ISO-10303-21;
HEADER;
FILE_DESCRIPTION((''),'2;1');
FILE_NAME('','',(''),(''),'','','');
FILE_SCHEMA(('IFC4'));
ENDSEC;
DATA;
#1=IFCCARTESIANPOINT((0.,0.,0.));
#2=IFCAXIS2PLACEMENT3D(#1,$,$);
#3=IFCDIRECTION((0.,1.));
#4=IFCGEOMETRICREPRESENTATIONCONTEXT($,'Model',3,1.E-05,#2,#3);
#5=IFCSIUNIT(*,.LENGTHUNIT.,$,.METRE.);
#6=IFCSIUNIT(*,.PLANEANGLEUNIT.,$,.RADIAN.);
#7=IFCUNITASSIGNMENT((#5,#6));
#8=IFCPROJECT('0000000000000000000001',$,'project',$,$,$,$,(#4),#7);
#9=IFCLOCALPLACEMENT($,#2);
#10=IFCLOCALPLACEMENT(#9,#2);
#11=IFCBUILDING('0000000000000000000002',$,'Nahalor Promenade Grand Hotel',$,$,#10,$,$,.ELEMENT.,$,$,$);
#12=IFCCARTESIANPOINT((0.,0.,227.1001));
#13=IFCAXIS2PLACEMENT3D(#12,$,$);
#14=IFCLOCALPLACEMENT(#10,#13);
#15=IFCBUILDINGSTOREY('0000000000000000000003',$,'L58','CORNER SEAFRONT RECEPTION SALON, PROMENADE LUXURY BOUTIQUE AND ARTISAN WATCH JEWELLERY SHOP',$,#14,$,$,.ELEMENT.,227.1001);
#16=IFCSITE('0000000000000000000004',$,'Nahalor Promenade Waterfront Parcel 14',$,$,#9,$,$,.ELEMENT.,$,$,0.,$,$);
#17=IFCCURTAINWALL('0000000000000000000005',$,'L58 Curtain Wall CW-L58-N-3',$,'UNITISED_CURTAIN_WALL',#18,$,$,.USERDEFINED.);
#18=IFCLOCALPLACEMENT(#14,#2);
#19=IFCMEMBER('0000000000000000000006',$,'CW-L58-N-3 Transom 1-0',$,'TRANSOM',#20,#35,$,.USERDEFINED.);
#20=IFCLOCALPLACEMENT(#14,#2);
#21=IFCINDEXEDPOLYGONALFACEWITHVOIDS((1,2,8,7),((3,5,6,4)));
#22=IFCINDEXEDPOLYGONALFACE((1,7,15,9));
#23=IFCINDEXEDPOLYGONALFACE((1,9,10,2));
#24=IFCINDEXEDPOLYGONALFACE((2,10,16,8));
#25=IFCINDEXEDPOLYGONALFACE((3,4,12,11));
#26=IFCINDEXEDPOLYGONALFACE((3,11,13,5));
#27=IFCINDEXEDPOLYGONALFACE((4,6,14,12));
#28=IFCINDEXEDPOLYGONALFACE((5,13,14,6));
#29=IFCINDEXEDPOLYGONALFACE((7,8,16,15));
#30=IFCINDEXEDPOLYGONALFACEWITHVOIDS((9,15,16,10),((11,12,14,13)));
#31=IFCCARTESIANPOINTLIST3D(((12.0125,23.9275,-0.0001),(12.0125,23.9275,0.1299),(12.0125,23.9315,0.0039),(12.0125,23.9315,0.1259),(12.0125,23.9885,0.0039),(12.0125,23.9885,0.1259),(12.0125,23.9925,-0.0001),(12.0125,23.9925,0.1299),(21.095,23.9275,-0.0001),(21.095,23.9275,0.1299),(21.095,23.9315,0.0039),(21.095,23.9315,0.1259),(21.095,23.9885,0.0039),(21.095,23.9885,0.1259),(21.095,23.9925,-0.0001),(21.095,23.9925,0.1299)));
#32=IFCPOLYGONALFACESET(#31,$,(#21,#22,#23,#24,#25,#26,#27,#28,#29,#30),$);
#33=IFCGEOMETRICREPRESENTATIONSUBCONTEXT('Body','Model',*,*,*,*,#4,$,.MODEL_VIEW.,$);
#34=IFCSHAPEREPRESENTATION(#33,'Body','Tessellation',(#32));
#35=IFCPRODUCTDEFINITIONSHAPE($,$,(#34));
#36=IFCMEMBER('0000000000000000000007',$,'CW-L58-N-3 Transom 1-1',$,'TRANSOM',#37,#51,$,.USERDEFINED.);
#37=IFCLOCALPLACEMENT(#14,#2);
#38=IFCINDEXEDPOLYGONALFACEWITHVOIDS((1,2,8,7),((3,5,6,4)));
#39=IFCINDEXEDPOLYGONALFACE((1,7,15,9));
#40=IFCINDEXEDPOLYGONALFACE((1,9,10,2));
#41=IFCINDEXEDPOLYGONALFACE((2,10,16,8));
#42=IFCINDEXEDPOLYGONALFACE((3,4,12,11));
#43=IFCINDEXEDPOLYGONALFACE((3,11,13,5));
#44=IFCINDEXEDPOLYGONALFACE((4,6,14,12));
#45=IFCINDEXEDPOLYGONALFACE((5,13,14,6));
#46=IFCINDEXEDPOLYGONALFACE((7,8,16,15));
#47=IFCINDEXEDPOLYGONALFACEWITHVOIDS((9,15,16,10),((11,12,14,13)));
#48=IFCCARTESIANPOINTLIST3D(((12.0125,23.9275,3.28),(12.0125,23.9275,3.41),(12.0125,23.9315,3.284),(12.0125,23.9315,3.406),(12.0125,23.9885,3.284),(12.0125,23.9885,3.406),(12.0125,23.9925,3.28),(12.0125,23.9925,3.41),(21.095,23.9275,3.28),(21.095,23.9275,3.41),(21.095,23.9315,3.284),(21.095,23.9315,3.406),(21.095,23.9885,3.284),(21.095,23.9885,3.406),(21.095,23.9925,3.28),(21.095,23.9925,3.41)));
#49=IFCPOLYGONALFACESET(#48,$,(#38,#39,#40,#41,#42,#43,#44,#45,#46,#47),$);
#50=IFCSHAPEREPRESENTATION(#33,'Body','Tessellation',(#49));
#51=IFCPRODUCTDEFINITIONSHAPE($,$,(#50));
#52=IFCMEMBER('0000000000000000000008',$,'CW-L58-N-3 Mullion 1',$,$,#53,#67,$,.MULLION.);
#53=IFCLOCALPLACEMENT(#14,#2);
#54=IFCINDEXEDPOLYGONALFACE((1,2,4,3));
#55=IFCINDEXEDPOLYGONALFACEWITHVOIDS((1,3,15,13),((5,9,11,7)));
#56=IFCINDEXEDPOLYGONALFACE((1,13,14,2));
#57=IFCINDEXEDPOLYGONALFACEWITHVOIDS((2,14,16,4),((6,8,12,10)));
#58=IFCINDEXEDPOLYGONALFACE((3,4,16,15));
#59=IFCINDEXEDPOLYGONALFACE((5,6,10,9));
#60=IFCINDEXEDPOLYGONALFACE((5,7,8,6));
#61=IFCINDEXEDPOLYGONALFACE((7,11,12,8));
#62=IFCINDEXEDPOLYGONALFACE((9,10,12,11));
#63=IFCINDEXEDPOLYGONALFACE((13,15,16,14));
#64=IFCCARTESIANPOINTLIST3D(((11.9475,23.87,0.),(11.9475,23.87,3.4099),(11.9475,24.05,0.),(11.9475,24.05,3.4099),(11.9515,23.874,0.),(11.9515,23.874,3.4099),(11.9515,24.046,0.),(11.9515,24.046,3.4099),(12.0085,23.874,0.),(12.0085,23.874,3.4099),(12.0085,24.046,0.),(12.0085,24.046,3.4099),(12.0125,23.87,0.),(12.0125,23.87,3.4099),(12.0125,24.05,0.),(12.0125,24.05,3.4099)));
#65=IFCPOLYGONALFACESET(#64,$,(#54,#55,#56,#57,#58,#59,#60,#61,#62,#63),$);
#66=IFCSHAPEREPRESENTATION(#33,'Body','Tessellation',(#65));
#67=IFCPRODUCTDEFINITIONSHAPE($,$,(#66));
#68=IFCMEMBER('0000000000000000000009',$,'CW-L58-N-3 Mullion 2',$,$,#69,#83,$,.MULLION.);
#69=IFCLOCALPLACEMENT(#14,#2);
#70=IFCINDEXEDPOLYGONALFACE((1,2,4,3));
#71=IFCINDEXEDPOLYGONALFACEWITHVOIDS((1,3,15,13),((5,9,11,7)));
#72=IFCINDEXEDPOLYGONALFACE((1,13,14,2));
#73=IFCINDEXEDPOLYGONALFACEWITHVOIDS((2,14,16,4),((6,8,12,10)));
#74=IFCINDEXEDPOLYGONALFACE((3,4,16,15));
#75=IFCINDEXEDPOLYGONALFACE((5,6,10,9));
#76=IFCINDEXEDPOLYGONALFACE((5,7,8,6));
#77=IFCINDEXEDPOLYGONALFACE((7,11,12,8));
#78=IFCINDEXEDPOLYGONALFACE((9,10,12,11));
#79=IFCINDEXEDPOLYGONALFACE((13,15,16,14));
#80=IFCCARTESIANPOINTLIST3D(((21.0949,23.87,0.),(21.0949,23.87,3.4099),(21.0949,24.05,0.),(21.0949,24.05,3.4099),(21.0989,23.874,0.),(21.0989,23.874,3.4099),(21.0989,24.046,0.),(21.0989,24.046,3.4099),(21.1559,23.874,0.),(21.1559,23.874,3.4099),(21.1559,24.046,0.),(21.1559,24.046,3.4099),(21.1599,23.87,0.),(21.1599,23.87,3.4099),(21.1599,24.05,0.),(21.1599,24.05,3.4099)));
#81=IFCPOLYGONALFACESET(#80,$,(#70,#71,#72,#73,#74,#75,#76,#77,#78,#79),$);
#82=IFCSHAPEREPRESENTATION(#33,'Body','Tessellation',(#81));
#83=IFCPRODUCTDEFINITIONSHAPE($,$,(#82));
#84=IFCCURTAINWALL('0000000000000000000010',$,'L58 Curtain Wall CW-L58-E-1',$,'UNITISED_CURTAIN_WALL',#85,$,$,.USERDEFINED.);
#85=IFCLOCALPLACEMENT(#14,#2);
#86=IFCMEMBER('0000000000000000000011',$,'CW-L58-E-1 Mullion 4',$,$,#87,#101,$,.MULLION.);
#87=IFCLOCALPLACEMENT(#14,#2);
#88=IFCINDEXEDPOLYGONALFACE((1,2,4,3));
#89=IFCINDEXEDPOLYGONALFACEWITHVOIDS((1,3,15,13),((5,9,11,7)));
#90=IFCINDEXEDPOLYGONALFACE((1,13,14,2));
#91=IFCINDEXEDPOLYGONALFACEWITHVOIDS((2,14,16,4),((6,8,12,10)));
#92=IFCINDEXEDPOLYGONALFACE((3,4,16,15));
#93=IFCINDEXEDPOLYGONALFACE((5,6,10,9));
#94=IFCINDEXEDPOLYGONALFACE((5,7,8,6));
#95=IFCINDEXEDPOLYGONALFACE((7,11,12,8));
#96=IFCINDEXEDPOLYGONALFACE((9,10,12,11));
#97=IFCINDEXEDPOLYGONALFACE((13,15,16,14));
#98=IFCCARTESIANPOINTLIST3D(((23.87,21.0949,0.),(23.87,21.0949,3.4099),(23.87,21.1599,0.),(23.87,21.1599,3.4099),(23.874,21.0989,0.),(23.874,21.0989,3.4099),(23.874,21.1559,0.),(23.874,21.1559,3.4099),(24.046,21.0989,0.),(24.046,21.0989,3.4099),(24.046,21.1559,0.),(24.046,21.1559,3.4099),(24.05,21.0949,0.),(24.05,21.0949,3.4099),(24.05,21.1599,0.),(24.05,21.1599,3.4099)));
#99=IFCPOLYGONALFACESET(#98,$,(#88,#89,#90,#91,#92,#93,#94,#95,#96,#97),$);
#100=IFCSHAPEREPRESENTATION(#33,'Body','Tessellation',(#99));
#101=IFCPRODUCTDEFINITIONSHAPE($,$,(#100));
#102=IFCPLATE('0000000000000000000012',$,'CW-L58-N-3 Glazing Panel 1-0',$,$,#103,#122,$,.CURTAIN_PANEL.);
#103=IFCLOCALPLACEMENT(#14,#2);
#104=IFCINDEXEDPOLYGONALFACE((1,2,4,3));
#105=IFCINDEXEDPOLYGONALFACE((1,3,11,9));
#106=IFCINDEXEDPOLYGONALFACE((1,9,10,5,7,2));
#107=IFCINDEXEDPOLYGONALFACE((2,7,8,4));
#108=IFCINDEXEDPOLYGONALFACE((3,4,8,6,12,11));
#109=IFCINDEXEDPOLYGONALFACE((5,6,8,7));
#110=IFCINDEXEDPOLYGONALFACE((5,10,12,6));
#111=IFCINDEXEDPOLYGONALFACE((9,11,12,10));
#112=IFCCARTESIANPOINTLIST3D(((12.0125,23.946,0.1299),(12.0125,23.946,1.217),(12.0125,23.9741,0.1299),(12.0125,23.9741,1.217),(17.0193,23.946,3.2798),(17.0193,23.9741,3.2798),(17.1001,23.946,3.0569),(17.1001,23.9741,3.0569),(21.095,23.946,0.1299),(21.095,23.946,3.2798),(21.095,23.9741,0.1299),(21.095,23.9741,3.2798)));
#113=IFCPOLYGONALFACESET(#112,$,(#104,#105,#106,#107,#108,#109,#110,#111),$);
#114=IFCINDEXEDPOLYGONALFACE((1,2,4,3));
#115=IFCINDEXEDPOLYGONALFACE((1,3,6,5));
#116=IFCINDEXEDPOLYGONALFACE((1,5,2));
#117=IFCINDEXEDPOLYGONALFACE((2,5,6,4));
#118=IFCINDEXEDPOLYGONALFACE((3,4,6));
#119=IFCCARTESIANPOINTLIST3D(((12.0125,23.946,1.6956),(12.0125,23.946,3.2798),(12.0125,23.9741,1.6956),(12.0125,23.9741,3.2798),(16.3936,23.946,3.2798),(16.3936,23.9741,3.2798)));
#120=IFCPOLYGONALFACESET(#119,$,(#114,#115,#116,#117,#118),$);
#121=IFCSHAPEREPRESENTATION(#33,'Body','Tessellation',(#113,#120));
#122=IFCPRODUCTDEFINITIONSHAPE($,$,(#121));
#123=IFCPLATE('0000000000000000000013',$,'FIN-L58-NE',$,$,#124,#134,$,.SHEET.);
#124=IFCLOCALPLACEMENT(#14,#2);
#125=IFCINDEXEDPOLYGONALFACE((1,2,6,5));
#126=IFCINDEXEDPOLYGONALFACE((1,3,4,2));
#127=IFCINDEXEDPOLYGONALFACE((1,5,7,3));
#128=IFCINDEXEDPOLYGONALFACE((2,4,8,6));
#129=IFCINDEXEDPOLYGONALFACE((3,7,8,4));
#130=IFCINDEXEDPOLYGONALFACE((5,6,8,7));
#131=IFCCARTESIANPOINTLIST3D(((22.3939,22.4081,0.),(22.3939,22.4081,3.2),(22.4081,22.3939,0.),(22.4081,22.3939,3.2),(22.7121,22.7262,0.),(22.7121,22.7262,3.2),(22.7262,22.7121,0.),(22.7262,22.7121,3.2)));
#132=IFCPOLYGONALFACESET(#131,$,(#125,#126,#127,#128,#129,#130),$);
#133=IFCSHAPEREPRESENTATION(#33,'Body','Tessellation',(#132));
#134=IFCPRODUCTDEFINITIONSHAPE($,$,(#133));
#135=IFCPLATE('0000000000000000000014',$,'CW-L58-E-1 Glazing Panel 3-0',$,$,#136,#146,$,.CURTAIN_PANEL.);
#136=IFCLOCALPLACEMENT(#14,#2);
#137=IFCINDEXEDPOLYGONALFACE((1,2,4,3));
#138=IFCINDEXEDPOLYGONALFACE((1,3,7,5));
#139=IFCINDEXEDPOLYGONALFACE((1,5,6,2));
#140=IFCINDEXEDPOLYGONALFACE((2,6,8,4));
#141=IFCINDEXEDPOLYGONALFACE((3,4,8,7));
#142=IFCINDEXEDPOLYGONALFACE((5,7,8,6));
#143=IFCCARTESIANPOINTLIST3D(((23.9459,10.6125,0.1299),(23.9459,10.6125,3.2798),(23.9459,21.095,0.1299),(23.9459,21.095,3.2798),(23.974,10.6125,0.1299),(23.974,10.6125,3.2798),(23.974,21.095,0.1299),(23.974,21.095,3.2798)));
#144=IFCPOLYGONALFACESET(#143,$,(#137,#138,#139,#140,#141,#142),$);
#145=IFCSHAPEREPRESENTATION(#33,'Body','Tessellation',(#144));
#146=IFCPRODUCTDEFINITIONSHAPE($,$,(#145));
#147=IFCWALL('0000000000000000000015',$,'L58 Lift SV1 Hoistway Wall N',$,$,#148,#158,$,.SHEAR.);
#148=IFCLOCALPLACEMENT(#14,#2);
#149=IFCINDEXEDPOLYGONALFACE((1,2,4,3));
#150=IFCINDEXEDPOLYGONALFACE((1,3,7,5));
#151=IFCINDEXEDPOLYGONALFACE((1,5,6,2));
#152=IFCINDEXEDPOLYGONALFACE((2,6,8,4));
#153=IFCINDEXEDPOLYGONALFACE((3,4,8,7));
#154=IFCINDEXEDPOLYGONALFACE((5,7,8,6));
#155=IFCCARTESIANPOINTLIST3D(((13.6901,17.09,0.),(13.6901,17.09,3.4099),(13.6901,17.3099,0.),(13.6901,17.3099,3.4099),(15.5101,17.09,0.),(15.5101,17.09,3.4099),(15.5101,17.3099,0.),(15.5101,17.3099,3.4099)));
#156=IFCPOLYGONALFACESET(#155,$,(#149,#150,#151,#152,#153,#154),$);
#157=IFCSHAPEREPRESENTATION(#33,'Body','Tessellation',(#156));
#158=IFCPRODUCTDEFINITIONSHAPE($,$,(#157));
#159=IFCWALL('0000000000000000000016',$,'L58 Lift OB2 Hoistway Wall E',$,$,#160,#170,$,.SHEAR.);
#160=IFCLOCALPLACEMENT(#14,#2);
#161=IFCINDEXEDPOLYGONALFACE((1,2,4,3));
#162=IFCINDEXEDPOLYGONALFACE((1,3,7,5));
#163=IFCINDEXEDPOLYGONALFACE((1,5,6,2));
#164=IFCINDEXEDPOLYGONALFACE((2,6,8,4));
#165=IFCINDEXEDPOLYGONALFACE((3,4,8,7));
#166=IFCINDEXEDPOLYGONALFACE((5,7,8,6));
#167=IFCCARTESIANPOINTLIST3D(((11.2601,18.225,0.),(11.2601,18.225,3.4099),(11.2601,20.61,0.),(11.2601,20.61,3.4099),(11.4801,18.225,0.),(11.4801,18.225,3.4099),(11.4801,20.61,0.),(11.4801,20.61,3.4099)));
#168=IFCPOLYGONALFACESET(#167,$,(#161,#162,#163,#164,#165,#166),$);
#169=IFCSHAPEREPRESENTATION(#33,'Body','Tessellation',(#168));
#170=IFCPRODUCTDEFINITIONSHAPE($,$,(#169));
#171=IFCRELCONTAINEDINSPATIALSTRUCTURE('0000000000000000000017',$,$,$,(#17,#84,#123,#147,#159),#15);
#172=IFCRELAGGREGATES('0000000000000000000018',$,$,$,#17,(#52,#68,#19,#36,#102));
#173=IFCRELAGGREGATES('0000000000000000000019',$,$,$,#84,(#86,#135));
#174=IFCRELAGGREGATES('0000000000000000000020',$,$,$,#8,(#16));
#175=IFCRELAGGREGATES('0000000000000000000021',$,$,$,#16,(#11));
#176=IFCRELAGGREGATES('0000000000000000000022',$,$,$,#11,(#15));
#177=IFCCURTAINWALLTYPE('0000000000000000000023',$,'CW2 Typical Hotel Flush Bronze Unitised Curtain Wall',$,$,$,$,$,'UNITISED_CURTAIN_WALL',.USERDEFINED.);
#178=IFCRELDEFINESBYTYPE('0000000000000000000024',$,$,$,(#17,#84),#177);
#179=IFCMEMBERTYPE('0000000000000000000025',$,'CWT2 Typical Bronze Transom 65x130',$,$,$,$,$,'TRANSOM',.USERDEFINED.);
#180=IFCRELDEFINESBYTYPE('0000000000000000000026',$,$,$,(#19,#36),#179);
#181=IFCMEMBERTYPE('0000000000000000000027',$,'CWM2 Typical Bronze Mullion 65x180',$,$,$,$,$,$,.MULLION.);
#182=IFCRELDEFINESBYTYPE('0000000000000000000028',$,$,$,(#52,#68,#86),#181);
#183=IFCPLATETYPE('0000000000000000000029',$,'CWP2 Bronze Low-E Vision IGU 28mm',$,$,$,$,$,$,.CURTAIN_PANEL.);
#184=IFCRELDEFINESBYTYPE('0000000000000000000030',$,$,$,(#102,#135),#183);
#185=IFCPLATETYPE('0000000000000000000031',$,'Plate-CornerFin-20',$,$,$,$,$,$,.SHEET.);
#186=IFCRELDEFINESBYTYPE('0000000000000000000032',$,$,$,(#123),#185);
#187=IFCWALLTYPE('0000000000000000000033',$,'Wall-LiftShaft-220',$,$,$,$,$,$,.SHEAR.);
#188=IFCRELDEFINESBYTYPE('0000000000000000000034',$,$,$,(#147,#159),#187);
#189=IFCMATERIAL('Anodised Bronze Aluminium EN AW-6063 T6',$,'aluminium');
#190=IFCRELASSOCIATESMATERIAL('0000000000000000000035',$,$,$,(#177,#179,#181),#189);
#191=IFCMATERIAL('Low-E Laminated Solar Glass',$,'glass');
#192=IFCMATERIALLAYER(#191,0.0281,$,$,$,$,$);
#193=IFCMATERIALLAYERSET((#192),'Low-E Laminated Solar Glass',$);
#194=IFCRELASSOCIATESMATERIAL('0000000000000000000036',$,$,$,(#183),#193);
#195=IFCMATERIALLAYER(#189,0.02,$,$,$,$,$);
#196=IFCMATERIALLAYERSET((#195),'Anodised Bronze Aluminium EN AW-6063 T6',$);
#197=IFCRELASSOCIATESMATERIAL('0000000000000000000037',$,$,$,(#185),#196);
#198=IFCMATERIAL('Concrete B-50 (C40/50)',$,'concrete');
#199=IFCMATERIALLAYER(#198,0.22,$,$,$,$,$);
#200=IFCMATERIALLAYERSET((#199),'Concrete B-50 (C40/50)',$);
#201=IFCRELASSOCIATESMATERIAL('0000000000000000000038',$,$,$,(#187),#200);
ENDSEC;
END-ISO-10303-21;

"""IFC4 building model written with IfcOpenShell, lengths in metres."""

from ifc_helpers import new_model, si_unit, direction, frame, frame_2d, origin, origin_2d, place, context, subcontext, project, spatial, polyline, rectangle, hollow_rectangle, outline, extrude, source, transform, mapped, material, layer, layer_set, material_profile, profile_set, type_object, element, aggregate, save


model = new_model("IFC4")

# Units and contexts
model_context = context("Model", 3, precision=1e-05, world=origin(), true_north=direction((0.0, 1.0)))
body_context = subcontext(model_context, "Body", "Model", "MODEL_VIEW")
ifc_project = project(units=[si_unit("LENGTHUNIT", "METRE"), si_unit("PLANEANGLEUNIT", "RADIAN")], contexts=[model_context])

# Site, building, storey
site_placement = place(None, origin())
site = spatial("IfcSite", under=ifc_project, at=site_placement, Name="Nahalor Promenade Waterfront Parcel 14", CompositionType="ELEMENT", RefElevation=0.0)
building_placement = place(site_placement, origin())
building = spatial("IfcBuilding", under=site, at=building_placement, Name="Nahalor Promenade Grand Hotel", CompositionType="ELEMENT")
storey_placement = place(building_placement, frame((0.0, 0.0, 227.1001)))
storey = spatial("IfcBuildingStorey", under=building, at=storey_placement, Name="L58", Description="CORNER SEAFRONT RECEPTION SALON, PROMENADE LUXURY BOUTIQUE AND ARTISAN WATCH JEWELLERY SHOP", CompositionType="ELEMENT", Elevation=227.1001)

# Curtain wall, members
ifc_material_1 = material(Name="Anodised Bronze Aluminium EN AW-6063 T6", Category="aluminium")
curtain_wall_type = type_object("IfcCurtainWallType", Name="CW2 Typical Hotel Flush Bronze Unitised Curtain Wall", ElementType="UNITISED_CURTAIN_WALL", PredefinedType="USERDEFINED", material=ifc_material_1)
curtain_wall_1_placement = place(storey_placement, origin())
curtain_wall_1 = element("IfcCurtainWall", 1, at=curtain_wall_1_placement, inside=storey, type_object=curtain_wall_type, Name="L58 Curtain Wall CW-L58-N-3", ObjectType="UNITISED_CURTAIN_WALL", PredefinedType="USERDEFINED")
ifc_material_profile_1 = material_profile(ifc_material_1, hollow_rectangle(XDim=0.065, YDim=0.13, WallThickness=0.004, at=origin_2d()), Name="CWT 65x130x4")
ifc_profile_set_1 = profile_set([ifc_material_profile_1], Name="Anodised Bronze Aluminium EN AW-6063 T6")
member_type_1 = type_object("IfcMemberType", Name="CWT2 Typical Bronze Transom 65x130", ElementType="TRANSOM", PredefinedType="USERDEFINED", material=ifc_profile_set_1)
shared_shape_1 = source(origin(), body_context, "Body", "SweptSolid", [
    extrude(hollow_rectangle(XDim=0.065, YDim=0.13, WallThickness=0.004, at=origin_2d()), origin(), (0.0, 0.0, 1.0), 9.0825),
])
member_1_placement = place(storey_placement, frame((12.0125, 23.96, 0.0649), z_axis=(1.0, 0.0, 0.0), x_axis=(0.0, 1.0, 0.0)))
member_1 = element("IfcMember", 2, at=member_1_placement, type_object=member_type_1, Name="CW-L58-N-3 Transom 1-0", ObjectType="TRANSOM", PredefinedType="USERDEFINED", context=body_context, shape_type="MappedRepresentation", body=[
    mapped(shared_shape_1, transform((0.0, 0.0, 0.0), scale=1.0)),
])
member_2_placement = place(storey_placement, frame((12.0125, 23.96, 3.345), z_axis=(1.0, 0.0, 0.0), x_axis=(0.0, 1.0, 0.0)))
member_2 = element("IfcMember", 3, at=member_2_placement, type_object=member_type_1, Name="CW-L58-N-3 Transom 1-1", ObjectType="TRANSOM", PredefinedType="USERDEFINED", context=body_context, shape_type="MappedRepresentation", body=[
    mapped(shared_shape_1, transform((0.0, 0.0, 0.0), scale=1.0)),
])
ifc_material_profile_2 = material_profile(ifc_material_1, hollow_rectangle(XDim=0.065, YDim=0.18, WallThickness=0.004, at=origin_2d()), Name="CWM 65x180x4")
ifc_profile_set_2 = profile_set([ifc_material_profile_2], Name="Anodised Bronze Aluminium EN AW-6063 T6")
member_type_2 = type_object("IfcMemberType", Name="CWM2 Typical Bronze Mullion 65x180", PredefinedType="MULLION", material=ifc_profile_set_2)
shared_shape_2 = source(origin(), body_context, "Body", "SweptSolid", [
    extrude(hollow_rectangle(XDim=0.065, YDim=0.18, WallThickness=0.004, at=origin_2d()), origin(), (0.0, 0.0, 1.0), 3.4099),
])
member_3_placement = place(storey_placement, frame((11.98, 23.96, 0.0), z_axis=(0.0, 0.0, 1.0), x_axis=(1.0, 0.0, 0.0)))
member_3 = element("IfcMember", 4, at=member_3_placement, type_object=member_type_2, Name="CW-L58-N-3 Mullion 1", PredefinedType="MULLION", context=body_context, shape_type="MappedRepresentation", body=[
    mapped(shared_shape_2, transform((0.0, 0.0, 0.0), scale=1.0)),
])
member_4_placement = place(storey_placement, frame((21.1274, 23.96, 0.0), z_axis=(0.0, 0.0, 1.0), x_axis=(1.0, 0.0, 0.0)))
member_4 = element("IfcMember", 5, at=member_4_placement, type_object=member_type_2, Name="CW-L58-N-3 Mullion 2", PredefinedType="MULLION", context=body_context, shape_type="MappedRepresentation", body=[
    mapped(shared_shape_2, transform((0.0, 0.0, 0.0), scale=1.0)),
])

# Curtain wall, member
curtain_wall_2_placement = place(storey_placement, origin())
curtain_wall_2 = element("IfcCurtainWall", 6, at=curtain_wall_2_placement, inside=storey, type_object=curtain_wall_type, Name="L58 Curtain Wall CW-L58-E-1", ObjectType="UNITISED_CURTAIN_WALL", PredefinedType="USERDEFINED")
member_5_placement = place(storey_placement, frame((23.96, 21.1274, 0.0), z_axis=(0.0, 0.0, 1.0), x_axis=(0.0, 1.0, 0.0)))
member_5 = element("IfcMember", 7, at=member_5_placement, type_object=member_type_2, Name="CW-L58-E-1 Mullion 4", PredefinedType="MULLION", context=body_context, shape_type="MappedRepresentation", body=[
    mapped(shared_shape_2, transform((0.0, 0.0, 0.0), scale=1.0)),
])

# Plates
ifc_material_2 = material(Name="Low-E Laminated Solar Glass", Category="glass")
ifc_layer_1 = layer(ifc_material_2, 0.0281)
ifc_layer_set_1 = layer_set([ifc_layer_1], Name="Low-E Laminated Solar Glass")
plate_type_1 = type_object("IfcPlateType", Name="CWP2 Bronze Low-E Vision IGU 28mm", PredefinedType="CURTAIN_PANEL", material=ifc_layer_set_1)
plate_1_placement = place(storey_placement, frame((16.5537, 23.96, 0.1299), z_axis=(0.0, 0.0, 1.0), x_axis=(1.0, 0.0, 0.0)))
plate_1 = element("IfcPlate", 8, at=plate_1_placement, type_object=plate_type_1, Name="CW-L58-N-3 Glazing Panel 1-0", PredefinedType="CURTAIN_PANEL", context=body_context, shape_type="SweptSolid", body=[
    extrude(outline(polyline([(4.5413, 0.0), (4.5413, 3.1499), (0.4656, 3.1499), (0.5464, 2.927), (-4.5413, 1.0872), (-4.5413, 0.0), (4.5413, 0.0)])), frame((0.0, 0.0142, 0.0), z_axis=(0.0, -1.0, 0.0), x_axis=(1.0, 0.0, 0.0)), (0.0, 0.0, 1.0), 0.0281),
    extrude(outline(polyline([(-0.1602, 3.1499), (-4.5413, 3.1499), (-4.5413, 1.5657), (-0.1602, 3.1499)])), frame((0.0, 0.0142, 0.0), z_axis=(0.0, -1.0, 0.0), x_axis=(1.0, 0.0, 0.0)), (0.0, 0.0, 1.0), 0.0281),
])
aggregate(curtain_wall_1, [member_3, member_4, member_1, member_2, plate_1])
ifc_layer_2 = layer(ifc_material_1, 0.02)
ifc_layer_set_2 = layer_set([ifc_layer_2], Name="Anodised Bronze Aluminium EN AW-6063 T6")
plate_type_2 = type_object("IfcPlateType", Name="Plate-CornerFin-20", PredefinedType="SHEET", material=ifc_layer_set_2)
shared_shape_3 = source(origin(), body_context, "Body", "SweptSolid", [
    extrude(rectangle(XDim=0.45, YDim=0.02, at=origin_2d()), origin(), (0.0, 0.0, 1.0), 3.2),
])
plate_2_placement = place(storey_placement, frame((22.5601, 22.5601, 0.0), z_axis=(0.0, 0.0, 1.0), x_axis=(0.707107, 0.707107, 0.0)))
element("IfcPlate", 9, at=plate_2_placement, inside=storey, type_object=plate_type_2, Name="FIN-L58-NE", PredefinedType="SHEET", context=body_context, shape_type="MappedRepresentation", body=[
    mapped(shared_shape_3, transform((0.0, 0.0, 0.0), scale=1.0)),
])
shared_shape_4 = source(origin(), body_context, "Body", "SweptSolid", [
    extrude(rectangle(XDim=10.4824, YDim=0.0281, at=origin_2d()), origin(), (0.0, 0.0, 1.0), 3.1499),
])
plate_3_placement = place(storey_placement, frame((23.96, 15.8538, 0.1299), z_axis=(0.0, 0.0, 1.0), x_axis=(0.0, 1.0, 0.0)))
plate_3 = element("IfcPlate", 10, at=plate_3_placement, type_object=plate_type_1, Name="CW-L58-E-1 Glazing Panel 3-0", PredefinedType="CURTAIN_PANEL", context=body_context, shape_type="MappedRepresentation", body=[
    mapped(shared_shape_4, transform((0.0, 0.0, 0.0), scale=1.0)),
])
aggregate(curtain_wall_2, [member_5, plate_3])

# Walls
ifc_material_3 = material(Name="Concrete B-50 (C40/50)", Category="concrete")
ifc_layer_3 = layer(ifc_material_3, 0.22)
ifc_layer_set_3 = layer_set([ifc_layer_3], Name="Concrete B-50 (C40/50)")
wall_type_1 = type_object("IfcWallType", Name="Wall-LiftShaft-220", PredefinedType="SHEAR", material=ifc_layer_set_3)
shared_shape_5 = source(origin(), body_context, "Body", "SweptSolid", [
    extrude(rectangle(XDim=1.8201, YDim=0.22, at=frame_2d((0.9102, 0.0))), origin(), (0.0, 0.0, 1.0), 3.4099),
])
wall_1_placement = place(storey_placement, frame((13.6899, 17.2, 0.0), z_axis=(0.0, 0.0, 1.0), x_axis=(1.0, 0.0, 0.0)))
element("IfcWall", 11, at=wall_1_placement, inside=storey, type_object=wall_type_1, Name="L58 Lift SV1 Hoistway Wall N", PredefinedType="SHEAR", context=body_context, shape_type="MappedRepresentation", body=[
    mapped(shared_shape_5, transform((0.0, 0.0, 0.0), scale=1.0)),
])
shared_shape_6 = source(origin(), body_context, "Body", "SweptSolid", [
    extrude(rectangle(XDim=2.385, YDim=0.22, at=frame_2d((1.1924, 0.0))), origin(), (0.0, 0.0, 1.0), 3.4099),
])
wall_2_placement = place(storey_placement, frame((11.3701, 18.2251, 0.0), z_axis=(0.0, 0.0, 1.0), x_axis=(0.0, 1.0, 0.0)))
element("IfcWall", 12, at=wall_2_placement, inside=storey, type_object=wall_type_1, Name="L58 Lift OB2 Hoistway Wall E", PredefinedType="SHEAR", context=body_context, shape_type="MappedRepresentation", body=[
    mapped(shared_shape_6, transform((0.0, 0.0, 0.0), scale=1.0)),
])

save(model, "model.ifc")
